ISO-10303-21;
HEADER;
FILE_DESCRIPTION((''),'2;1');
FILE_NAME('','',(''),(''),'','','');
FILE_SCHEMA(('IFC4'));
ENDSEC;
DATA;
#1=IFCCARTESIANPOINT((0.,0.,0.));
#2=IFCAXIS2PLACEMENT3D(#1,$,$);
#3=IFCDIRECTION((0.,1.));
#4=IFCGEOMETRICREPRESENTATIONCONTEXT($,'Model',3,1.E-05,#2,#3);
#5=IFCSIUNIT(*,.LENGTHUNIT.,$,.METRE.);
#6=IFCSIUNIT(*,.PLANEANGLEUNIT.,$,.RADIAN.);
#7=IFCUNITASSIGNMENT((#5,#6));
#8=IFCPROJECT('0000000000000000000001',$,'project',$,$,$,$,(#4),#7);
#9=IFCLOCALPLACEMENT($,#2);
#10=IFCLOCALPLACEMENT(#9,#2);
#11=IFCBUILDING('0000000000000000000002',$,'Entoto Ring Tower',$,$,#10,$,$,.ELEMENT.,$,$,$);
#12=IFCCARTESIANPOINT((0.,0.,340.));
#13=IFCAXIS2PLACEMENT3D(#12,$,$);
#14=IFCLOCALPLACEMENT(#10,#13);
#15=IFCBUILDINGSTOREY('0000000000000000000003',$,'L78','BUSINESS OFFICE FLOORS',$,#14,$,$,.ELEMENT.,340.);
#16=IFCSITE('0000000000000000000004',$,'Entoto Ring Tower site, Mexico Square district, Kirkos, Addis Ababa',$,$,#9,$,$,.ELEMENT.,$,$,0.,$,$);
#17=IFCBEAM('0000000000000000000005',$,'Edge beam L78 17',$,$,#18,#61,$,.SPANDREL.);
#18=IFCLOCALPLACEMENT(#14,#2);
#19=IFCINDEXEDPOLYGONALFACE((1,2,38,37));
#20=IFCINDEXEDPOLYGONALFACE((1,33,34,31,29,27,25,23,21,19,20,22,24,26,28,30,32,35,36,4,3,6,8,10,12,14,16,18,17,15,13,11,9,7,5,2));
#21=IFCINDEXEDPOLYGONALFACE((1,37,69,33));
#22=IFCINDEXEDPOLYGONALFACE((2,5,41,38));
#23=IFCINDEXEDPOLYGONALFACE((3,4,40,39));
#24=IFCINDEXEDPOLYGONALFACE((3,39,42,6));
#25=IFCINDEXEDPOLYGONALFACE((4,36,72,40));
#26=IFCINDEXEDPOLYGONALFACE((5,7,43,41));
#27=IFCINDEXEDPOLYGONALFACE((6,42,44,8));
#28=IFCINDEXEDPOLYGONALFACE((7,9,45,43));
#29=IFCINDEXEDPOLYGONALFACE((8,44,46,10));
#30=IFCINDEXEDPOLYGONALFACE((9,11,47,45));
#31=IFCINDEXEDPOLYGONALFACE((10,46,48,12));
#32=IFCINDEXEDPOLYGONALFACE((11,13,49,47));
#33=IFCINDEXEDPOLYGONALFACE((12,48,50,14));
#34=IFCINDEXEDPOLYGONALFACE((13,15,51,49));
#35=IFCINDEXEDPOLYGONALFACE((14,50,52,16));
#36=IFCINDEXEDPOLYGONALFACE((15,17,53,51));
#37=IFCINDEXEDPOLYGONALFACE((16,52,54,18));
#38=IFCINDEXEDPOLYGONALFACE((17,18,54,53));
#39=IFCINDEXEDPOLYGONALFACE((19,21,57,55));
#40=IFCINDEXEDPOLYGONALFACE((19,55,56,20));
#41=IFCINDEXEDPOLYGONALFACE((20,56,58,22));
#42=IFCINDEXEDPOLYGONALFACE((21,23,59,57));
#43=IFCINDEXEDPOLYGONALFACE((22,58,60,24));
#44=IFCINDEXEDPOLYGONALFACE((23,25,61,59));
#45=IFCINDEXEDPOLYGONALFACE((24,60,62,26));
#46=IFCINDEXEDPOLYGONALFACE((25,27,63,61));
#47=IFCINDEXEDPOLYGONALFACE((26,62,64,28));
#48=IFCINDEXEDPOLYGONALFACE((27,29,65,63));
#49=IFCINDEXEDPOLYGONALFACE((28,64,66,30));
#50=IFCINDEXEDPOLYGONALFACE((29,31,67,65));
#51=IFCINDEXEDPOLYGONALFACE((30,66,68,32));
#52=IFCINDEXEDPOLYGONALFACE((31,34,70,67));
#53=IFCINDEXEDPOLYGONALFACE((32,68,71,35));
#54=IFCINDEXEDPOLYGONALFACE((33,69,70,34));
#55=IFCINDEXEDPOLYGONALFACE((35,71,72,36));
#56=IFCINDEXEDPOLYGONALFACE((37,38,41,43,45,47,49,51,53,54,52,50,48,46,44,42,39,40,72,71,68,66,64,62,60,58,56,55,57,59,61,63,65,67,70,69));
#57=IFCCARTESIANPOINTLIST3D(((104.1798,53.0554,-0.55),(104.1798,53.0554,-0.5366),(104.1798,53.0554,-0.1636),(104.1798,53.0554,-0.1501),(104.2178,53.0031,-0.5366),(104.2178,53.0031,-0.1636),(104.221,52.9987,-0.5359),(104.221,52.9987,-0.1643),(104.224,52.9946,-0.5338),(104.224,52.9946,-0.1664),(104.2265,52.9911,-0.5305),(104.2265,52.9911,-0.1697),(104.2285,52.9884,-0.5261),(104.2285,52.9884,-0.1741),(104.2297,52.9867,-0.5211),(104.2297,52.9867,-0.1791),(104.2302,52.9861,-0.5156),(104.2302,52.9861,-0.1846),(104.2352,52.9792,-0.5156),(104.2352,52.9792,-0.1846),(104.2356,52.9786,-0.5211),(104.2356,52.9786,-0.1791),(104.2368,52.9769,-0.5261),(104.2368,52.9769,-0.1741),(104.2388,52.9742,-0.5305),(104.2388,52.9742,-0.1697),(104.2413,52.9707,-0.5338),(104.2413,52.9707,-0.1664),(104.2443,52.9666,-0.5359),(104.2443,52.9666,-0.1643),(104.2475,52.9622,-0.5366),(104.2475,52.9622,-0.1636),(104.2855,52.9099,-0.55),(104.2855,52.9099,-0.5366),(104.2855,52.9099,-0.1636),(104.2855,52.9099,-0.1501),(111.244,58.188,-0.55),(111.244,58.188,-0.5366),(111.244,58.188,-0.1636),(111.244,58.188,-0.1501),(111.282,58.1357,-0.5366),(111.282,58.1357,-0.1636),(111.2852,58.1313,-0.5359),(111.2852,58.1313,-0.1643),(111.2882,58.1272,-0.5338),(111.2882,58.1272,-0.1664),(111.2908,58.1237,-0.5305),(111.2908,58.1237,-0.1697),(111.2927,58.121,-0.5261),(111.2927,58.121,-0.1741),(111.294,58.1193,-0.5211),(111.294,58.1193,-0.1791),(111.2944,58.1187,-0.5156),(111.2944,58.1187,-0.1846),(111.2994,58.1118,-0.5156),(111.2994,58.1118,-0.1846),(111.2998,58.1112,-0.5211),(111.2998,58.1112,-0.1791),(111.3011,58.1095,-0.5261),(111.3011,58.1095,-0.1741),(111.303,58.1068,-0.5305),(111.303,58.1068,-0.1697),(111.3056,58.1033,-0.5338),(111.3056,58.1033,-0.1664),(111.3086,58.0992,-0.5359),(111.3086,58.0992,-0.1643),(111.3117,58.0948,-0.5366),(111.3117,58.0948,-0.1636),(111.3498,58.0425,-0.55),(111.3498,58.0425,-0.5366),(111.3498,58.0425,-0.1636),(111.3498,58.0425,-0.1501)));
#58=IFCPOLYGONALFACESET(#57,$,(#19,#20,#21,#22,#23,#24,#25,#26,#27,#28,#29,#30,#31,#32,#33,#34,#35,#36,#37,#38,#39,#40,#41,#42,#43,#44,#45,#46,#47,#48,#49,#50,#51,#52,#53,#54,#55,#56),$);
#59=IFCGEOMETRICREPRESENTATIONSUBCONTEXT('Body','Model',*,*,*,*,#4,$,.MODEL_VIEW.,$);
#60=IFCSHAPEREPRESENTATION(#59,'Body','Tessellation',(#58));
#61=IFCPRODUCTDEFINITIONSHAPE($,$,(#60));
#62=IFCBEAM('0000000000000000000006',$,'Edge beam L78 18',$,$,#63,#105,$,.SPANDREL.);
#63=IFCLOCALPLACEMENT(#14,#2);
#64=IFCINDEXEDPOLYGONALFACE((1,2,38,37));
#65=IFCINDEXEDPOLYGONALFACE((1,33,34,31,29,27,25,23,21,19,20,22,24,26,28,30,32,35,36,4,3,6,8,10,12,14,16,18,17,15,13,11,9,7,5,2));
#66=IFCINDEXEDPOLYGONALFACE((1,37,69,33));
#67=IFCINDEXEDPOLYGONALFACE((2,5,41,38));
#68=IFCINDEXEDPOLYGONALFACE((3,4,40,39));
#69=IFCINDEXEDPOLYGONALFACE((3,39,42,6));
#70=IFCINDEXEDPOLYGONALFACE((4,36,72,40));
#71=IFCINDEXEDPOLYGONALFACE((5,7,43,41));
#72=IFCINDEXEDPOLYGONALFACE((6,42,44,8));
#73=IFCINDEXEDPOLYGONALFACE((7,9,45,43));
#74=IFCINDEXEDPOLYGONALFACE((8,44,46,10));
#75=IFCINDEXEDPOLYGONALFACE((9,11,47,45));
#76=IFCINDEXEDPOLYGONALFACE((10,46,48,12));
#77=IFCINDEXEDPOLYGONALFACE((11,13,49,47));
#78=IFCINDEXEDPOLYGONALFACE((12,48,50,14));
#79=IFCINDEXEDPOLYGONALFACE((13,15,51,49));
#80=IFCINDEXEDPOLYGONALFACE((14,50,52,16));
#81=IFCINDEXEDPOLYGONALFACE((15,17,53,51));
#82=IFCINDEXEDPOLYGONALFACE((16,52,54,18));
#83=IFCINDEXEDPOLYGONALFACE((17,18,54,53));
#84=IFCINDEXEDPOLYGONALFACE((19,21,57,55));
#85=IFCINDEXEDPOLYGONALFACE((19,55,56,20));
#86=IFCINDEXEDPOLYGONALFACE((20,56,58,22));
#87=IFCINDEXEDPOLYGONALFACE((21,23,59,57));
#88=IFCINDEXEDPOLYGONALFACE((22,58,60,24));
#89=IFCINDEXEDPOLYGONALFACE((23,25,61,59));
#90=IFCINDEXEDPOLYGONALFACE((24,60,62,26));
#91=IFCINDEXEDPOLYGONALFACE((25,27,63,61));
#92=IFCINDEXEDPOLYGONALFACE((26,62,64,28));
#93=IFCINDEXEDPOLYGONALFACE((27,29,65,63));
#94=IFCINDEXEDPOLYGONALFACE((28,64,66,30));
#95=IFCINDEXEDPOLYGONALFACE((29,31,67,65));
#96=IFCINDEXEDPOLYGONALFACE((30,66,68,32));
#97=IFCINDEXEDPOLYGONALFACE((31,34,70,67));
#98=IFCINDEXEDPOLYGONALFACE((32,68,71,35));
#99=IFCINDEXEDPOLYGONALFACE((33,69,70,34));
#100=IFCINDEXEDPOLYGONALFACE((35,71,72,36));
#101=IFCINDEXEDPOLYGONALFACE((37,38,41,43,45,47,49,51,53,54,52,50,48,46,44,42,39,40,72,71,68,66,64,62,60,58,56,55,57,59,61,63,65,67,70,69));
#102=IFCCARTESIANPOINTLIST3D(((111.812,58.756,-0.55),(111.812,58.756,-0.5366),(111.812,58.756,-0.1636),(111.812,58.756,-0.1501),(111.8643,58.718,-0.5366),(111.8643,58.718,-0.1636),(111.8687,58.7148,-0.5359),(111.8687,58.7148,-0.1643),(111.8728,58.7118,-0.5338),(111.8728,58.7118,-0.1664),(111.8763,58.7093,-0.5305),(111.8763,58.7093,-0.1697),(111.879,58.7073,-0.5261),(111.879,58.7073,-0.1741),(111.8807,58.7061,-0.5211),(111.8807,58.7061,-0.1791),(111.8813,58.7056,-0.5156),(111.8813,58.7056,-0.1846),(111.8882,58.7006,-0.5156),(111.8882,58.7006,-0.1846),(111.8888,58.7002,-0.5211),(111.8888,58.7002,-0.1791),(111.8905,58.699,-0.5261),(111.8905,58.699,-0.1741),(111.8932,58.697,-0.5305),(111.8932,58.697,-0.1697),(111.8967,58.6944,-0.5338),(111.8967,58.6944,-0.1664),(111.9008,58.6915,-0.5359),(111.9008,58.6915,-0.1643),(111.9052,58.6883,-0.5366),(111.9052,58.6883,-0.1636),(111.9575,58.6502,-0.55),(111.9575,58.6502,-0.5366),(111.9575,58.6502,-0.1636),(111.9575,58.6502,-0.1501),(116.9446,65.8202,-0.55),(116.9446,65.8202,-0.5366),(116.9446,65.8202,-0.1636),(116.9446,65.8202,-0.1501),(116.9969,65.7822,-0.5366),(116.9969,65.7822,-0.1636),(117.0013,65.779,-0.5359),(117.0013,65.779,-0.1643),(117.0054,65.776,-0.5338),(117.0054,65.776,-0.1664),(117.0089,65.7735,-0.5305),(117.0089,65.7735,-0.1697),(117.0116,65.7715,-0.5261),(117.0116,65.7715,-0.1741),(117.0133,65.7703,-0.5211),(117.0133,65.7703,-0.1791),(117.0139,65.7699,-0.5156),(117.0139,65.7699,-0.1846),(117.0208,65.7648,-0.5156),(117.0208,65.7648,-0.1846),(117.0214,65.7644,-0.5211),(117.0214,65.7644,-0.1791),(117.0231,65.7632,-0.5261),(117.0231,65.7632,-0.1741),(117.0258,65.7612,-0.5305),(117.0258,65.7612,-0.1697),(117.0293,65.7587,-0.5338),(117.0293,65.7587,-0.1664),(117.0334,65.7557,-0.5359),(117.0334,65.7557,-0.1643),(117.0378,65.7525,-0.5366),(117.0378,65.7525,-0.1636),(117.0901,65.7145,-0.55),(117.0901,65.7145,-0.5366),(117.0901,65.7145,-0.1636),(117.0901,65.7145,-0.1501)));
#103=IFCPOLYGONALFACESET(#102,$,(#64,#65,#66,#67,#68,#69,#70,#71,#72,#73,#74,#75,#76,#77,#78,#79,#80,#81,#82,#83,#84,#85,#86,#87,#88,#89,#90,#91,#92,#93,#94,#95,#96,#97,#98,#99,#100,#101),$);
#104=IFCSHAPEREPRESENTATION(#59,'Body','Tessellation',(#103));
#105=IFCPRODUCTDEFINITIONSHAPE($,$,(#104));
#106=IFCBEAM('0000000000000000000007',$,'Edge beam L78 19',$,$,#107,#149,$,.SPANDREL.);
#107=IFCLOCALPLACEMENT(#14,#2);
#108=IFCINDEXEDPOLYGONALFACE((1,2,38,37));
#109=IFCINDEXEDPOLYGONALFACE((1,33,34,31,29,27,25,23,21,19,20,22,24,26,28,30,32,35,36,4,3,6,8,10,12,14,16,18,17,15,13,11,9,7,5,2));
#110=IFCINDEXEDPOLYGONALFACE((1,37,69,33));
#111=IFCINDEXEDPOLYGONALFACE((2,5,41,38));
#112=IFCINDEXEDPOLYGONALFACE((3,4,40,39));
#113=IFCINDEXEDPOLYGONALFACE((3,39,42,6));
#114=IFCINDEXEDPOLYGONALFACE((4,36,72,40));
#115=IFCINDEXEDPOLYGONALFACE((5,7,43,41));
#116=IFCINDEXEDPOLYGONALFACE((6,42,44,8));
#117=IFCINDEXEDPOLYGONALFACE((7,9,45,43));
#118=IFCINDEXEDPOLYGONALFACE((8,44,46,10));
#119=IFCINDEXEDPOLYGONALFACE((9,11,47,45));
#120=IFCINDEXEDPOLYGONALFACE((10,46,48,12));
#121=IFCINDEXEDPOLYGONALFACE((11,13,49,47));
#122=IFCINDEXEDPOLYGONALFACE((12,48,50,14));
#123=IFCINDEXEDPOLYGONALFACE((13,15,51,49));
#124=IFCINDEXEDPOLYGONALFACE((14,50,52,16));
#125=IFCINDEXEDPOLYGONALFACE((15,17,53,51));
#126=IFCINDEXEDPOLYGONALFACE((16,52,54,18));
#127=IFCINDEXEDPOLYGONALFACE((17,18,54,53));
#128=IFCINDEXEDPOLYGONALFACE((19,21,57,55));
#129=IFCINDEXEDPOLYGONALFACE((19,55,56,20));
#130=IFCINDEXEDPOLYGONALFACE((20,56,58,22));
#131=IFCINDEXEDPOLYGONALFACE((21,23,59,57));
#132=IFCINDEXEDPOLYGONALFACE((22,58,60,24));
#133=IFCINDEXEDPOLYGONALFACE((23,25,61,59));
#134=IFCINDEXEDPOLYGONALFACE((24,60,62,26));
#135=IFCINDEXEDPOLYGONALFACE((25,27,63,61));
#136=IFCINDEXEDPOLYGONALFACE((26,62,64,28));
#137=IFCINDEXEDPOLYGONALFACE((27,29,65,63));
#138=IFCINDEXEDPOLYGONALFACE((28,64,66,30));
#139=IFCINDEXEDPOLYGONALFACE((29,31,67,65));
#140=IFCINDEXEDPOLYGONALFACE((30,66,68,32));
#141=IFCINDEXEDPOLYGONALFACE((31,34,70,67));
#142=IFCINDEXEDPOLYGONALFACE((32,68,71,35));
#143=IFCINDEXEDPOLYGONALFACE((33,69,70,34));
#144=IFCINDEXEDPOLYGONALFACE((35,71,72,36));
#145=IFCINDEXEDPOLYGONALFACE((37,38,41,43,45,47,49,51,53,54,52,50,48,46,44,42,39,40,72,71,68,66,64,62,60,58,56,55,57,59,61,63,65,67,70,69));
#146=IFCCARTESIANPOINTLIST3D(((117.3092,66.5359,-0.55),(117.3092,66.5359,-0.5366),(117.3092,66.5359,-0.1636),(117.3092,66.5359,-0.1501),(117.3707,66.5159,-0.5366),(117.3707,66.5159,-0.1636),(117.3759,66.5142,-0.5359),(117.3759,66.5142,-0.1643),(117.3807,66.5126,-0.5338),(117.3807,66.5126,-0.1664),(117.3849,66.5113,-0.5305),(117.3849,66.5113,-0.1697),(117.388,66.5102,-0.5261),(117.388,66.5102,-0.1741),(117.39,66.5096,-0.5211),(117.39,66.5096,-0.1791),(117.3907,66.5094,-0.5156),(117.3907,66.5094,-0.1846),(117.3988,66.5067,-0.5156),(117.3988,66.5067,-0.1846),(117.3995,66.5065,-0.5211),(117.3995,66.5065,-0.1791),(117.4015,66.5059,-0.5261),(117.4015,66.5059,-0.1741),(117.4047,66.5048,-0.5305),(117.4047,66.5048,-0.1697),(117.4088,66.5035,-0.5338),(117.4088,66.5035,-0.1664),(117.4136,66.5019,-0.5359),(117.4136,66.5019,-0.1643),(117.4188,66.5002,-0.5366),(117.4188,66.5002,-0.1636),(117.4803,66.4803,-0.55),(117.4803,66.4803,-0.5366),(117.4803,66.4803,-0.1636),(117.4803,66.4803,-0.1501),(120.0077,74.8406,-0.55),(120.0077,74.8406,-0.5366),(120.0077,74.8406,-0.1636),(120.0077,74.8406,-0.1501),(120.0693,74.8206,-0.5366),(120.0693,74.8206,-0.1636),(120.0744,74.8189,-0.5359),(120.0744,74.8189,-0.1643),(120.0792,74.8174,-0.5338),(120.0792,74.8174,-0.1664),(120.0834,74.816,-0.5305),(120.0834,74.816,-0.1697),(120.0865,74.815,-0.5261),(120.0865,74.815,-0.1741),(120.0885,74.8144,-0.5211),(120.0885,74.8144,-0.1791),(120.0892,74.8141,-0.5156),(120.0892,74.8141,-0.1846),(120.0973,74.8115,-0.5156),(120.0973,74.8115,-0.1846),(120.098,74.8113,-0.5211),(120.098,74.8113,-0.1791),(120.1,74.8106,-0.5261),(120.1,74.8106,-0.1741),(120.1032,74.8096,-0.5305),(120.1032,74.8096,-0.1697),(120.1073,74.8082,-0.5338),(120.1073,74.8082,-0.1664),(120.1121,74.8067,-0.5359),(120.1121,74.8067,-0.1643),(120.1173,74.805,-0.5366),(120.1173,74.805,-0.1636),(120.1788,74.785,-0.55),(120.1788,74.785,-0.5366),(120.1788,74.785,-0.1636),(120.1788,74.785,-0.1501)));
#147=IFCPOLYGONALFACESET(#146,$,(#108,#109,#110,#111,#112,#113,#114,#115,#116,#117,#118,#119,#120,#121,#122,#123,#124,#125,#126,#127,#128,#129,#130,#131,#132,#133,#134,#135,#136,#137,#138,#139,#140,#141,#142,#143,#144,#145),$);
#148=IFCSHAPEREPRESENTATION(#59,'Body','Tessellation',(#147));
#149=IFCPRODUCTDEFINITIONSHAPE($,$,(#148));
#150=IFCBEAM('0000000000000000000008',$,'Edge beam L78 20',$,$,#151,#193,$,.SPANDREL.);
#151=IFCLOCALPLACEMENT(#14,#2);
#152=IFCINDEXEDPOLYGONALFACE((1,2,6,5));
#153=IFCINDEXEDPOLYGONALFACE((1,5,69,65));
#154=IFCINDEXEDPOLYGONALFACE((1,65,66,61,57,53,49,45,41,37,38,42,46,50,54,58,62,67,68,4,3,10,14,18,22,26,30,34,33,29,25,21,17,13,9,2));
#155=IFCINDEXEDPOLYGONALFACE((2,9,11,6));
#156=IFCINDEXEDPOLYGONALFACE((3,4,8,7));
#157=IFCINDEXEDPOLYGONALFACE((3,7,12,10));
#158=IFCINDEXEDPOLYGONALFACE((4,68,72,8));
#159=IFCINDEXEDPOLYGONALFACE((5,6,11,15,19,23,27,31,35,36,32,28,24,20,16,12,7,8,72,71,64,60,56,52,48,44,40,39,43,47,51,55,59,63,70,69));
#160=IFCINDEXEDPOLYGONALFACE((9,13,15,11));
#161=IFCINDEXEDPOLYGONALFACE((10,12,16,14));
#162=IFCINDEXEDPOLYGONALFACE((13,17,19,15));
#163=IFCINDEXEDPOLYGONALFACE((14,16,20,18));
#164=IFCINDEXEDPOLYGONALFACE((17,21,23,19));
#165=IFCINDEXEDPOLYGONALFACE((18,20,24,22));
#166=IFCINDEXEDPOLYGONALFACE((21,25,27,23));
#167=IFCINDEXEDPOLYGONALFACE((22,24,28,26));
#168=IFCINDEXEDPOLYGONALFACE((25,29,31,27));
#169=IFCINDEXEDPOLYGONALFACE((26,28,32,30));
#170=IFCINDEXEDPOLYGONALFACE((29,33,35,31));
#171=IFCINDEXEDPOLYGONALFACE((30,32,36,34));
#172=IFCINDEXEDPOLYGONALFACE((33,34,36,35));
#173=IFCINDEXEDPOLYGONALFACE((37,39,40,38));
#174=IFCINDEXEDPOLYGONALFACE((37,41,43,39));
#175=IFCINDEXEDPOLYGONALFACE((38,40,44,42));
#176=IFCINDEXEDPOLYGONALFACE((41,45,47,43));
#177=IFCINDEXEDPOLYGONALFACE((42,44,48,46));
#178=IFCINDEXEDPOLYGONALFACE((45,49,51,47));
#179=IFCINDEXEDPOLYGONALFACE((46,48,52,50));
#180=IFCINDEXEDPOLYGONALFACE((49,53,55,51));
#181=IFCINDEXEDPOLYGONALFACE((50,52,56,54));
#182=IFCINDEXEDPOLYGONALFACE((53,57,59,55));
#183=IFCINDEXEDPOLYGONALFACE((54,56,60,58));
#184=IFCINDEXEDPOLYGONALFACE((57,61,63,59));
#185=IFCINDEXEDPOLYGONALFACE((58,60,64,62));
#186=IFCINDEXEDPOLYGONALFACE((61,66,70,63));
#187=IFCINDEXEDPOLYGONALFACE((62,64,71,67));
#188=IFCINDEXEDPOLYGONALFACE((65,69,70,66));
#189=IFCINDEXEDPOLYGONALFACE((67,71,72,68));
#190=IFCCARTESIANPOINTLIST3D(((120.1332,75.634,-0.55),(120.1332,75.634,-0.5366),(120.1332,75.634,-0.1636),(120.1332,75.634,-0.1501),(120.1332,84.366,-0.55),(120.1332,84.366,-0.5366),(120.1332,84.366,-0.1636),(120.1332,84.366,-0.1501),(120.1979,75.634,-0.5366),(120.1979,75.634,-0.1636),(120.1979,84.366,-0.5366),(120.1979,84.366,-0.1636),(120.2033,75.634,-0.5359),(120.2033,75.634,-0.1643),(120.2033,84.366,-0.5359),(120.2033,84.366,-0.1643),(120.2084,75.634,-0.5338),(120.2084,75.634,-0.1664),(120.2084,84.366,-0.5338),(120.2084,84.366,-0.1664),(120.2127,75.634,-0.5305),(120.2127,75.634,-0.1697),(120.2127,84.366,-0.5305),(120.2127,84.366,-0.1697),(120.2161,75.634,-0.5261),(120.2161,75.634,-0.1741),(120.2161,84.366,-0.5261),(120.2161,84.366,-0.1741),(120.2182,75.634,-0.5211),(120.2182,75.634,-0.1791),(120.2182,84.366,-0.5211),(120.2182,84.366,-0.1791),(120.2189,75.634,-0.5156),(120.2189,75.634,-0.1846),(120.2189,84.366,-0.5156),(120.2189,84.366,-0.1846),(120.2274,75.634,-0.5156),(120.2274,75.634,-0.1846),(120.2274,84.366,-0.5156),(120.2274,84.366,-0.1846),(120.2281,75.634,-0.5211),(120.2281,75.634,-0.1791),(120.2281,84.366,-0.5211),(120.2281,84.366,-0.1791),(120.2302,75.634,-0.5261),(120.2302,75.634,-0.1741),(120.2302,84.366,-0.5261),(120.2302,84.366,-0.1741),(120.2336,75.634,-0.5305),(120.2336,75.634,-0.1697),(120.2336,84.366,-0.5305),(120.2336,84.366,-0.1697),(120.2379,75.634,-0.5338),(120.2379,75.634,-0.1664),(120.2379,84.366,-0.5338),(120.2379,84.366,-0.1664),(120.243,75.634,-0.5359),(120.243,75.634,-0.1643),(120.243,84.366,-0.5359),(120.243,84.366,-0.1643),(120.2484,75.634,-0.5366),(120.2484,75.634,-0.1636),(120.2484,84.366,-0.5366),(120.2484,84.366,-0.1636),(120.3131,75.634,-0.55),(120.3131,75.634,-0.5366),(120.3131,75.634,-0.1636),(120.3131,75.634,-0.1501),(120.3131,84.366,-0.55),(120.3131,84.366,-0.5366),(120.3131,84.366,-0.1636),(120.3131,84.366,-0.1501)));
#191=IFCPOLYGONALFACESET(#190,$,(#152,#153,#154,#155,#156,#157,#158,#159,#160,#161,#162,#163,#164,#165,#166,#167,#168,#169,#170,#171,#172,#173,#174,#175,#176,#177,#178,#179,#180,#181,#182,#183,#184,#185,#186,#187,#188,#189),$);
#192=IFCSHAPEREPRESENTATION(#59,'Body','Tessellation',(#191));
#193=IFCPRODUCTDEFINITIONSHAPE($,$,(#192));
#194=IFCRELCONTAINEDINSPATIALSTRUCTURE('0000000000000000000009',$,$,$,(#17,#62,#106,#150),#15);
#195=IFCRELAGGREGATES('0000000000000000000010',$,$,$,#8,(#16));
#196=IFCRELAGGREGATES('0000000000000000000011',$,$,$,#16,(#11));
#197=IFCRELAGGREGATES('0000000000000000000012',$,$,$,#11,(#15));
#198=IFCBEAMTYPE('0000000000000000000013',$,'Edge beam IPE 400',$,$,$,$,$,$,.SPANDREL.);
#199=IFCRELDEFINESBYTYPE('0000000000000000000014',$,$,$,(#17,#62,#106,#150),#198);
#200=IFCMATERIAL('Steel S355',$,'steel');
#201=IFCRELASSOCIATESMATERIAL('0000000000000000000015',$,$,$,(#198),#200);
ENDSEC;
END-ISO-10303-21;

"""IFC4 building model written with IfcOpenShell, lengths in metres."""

from ifc_helpers import new_model, si_unit, direction, frame, origin, origin_2d, place, context, subcontext, project, spatial, i_section, extrude, material, material_profile, profile_set, type_object, element, save


model = new_model("IFC4")

# Units and contexts
model_context = context("Model", 3, precision=1e-05, world=origin(), true_north=direction((0.0, 1.0)))
body_context = subcontext(model_context, "Body", "Model", "MODEL_VIEW")
ifc_project = project(units=[si_unit("LENGTHUNIT", "METRE"), si_unit("PLANEANGLEUNIT", "RADIAN")], contexts=[model_context])

# Site, building, storey
site_placement = place(None, origin())
site = spatial("IfcSite", under=ifc_project, at=site_placement, Name="Entoto Ring Tower site, Mexico Square district, Kirkos, Addis Ababa", CompositionType="ELEMENT", RefElevation=0.0)
building_placement = place(site_placement, origin())
building = spatial("IfcBuilding", under=site, at=building_placement, Name="Entoto Ring Tower", CompositionType="ELEMENT")
storey_placement = place(building_placement, frame((0.0, 0.0, 340.0)))
storey = spatial("IfcBuildingStorey", under=building, at=storey_placement, Name="L78", Description="BUSINESS OFFICE FLOORS", CompositionType="ELEMENT", Elevation=340.0)

# Beams
ifc_material_1 = material(Name="Steel S355", Category="steel")
ifc_material_profile_1 = material_profile(ifc_material_1, i_section(OverallWidth=0.1799, OverallDepth=0.3999, WebThickness=0.0085, FlangeThickness=0.0134, FilletRadius=0.021, at=origin_2d()), Name="IPE 400")
ifc_profile_set_1 = profile_set([ifc_material_profile_1], Name="Steel S355")
beam_type_1 = type_object("IfcBeamType", Name="Edge beam IPE 400", PredefinedType="SPANDREL", material=ifc_profile_set_1)
for number, where, z_axis, x_axis, name in (
    (1, (104.2327, 52.9827, -0.3501), (0.80901, 0.587794, 0.0), (-0.587794, 0.80901, 0.0), "Edge beam L78 17"),
    (2, (111.8848, 58.7031, -0.3501), (0.587794, 0.80901, 0.0), (-0.80901, 0.587794, 0.0), "Edge beam L78 18"),
):
    element("IfcBeam", number, at=place(storey_placement, frame(where, z_axis=z_axis, x_axis=x_axis)), inside=storey, type_object=beam_type_1, Name=name, PredefinedType="SPANDREL", context=body_context, shape_type="SweptSolid", body=[
        extrude(i_section(OverallWidth=0.1799, OverallDepth=0.3999, WebThickness=0.0085, FlangeThickness=0.0134, FilletRadius=0.021, at=origin_2d()), origin(), (0.0, 0.0, 1.0), 8.7319),
    ])
beam_1_placement = place(storey_placement, frame((117.3948, 66.5081, -0.3501), z_axis=(0.30903, 0.951052, 0.0), x_axis=(-0.951052, 0.30903, 0.0)))
element("IfcBeam", 3, at=beam_1_placement, inside=storey, type_object=beam_type_1, Name="Edge beam L78 19", PredefinedType="SPANDREL", context=body_context, shape_type="SweptSolid", body=[
    extrude(i_section(OverallWidth=0.1799, OverallDepth=0.3999, WebThickness=0.0085, FlangeThickness=0.0134, FilletRadius=0.021, at=origin_2d()), origin(), (0.0, 0.0, 1.0), 8.7322),
])
beam_2_placement = place(storey_placement, frame((120.2231, 75.634, -0.3501), z_axis=(0.0, 1.0, 0.0), x_axis=(-1.0, 0.0, 0.0)))
element("IfcBeam", 4, at=beam_2_placement, inside=storey, type_object=beam_type_1, Name="Edge beam L78 20", PredefinedType="SPANDREL", context=body_context, shape_type="SweptSolid", body=[
    extrude(i_section(OverallWidth=0.1799, OverallDepth=0.3999, WebThickness=0.0085, FlangeThickness=0.0134, FilletRadius=0.021, at=origin_2d()), origin(), (0.0, 0.0, 1.0), 8.7319),
])

save(model, "model.ifc")
